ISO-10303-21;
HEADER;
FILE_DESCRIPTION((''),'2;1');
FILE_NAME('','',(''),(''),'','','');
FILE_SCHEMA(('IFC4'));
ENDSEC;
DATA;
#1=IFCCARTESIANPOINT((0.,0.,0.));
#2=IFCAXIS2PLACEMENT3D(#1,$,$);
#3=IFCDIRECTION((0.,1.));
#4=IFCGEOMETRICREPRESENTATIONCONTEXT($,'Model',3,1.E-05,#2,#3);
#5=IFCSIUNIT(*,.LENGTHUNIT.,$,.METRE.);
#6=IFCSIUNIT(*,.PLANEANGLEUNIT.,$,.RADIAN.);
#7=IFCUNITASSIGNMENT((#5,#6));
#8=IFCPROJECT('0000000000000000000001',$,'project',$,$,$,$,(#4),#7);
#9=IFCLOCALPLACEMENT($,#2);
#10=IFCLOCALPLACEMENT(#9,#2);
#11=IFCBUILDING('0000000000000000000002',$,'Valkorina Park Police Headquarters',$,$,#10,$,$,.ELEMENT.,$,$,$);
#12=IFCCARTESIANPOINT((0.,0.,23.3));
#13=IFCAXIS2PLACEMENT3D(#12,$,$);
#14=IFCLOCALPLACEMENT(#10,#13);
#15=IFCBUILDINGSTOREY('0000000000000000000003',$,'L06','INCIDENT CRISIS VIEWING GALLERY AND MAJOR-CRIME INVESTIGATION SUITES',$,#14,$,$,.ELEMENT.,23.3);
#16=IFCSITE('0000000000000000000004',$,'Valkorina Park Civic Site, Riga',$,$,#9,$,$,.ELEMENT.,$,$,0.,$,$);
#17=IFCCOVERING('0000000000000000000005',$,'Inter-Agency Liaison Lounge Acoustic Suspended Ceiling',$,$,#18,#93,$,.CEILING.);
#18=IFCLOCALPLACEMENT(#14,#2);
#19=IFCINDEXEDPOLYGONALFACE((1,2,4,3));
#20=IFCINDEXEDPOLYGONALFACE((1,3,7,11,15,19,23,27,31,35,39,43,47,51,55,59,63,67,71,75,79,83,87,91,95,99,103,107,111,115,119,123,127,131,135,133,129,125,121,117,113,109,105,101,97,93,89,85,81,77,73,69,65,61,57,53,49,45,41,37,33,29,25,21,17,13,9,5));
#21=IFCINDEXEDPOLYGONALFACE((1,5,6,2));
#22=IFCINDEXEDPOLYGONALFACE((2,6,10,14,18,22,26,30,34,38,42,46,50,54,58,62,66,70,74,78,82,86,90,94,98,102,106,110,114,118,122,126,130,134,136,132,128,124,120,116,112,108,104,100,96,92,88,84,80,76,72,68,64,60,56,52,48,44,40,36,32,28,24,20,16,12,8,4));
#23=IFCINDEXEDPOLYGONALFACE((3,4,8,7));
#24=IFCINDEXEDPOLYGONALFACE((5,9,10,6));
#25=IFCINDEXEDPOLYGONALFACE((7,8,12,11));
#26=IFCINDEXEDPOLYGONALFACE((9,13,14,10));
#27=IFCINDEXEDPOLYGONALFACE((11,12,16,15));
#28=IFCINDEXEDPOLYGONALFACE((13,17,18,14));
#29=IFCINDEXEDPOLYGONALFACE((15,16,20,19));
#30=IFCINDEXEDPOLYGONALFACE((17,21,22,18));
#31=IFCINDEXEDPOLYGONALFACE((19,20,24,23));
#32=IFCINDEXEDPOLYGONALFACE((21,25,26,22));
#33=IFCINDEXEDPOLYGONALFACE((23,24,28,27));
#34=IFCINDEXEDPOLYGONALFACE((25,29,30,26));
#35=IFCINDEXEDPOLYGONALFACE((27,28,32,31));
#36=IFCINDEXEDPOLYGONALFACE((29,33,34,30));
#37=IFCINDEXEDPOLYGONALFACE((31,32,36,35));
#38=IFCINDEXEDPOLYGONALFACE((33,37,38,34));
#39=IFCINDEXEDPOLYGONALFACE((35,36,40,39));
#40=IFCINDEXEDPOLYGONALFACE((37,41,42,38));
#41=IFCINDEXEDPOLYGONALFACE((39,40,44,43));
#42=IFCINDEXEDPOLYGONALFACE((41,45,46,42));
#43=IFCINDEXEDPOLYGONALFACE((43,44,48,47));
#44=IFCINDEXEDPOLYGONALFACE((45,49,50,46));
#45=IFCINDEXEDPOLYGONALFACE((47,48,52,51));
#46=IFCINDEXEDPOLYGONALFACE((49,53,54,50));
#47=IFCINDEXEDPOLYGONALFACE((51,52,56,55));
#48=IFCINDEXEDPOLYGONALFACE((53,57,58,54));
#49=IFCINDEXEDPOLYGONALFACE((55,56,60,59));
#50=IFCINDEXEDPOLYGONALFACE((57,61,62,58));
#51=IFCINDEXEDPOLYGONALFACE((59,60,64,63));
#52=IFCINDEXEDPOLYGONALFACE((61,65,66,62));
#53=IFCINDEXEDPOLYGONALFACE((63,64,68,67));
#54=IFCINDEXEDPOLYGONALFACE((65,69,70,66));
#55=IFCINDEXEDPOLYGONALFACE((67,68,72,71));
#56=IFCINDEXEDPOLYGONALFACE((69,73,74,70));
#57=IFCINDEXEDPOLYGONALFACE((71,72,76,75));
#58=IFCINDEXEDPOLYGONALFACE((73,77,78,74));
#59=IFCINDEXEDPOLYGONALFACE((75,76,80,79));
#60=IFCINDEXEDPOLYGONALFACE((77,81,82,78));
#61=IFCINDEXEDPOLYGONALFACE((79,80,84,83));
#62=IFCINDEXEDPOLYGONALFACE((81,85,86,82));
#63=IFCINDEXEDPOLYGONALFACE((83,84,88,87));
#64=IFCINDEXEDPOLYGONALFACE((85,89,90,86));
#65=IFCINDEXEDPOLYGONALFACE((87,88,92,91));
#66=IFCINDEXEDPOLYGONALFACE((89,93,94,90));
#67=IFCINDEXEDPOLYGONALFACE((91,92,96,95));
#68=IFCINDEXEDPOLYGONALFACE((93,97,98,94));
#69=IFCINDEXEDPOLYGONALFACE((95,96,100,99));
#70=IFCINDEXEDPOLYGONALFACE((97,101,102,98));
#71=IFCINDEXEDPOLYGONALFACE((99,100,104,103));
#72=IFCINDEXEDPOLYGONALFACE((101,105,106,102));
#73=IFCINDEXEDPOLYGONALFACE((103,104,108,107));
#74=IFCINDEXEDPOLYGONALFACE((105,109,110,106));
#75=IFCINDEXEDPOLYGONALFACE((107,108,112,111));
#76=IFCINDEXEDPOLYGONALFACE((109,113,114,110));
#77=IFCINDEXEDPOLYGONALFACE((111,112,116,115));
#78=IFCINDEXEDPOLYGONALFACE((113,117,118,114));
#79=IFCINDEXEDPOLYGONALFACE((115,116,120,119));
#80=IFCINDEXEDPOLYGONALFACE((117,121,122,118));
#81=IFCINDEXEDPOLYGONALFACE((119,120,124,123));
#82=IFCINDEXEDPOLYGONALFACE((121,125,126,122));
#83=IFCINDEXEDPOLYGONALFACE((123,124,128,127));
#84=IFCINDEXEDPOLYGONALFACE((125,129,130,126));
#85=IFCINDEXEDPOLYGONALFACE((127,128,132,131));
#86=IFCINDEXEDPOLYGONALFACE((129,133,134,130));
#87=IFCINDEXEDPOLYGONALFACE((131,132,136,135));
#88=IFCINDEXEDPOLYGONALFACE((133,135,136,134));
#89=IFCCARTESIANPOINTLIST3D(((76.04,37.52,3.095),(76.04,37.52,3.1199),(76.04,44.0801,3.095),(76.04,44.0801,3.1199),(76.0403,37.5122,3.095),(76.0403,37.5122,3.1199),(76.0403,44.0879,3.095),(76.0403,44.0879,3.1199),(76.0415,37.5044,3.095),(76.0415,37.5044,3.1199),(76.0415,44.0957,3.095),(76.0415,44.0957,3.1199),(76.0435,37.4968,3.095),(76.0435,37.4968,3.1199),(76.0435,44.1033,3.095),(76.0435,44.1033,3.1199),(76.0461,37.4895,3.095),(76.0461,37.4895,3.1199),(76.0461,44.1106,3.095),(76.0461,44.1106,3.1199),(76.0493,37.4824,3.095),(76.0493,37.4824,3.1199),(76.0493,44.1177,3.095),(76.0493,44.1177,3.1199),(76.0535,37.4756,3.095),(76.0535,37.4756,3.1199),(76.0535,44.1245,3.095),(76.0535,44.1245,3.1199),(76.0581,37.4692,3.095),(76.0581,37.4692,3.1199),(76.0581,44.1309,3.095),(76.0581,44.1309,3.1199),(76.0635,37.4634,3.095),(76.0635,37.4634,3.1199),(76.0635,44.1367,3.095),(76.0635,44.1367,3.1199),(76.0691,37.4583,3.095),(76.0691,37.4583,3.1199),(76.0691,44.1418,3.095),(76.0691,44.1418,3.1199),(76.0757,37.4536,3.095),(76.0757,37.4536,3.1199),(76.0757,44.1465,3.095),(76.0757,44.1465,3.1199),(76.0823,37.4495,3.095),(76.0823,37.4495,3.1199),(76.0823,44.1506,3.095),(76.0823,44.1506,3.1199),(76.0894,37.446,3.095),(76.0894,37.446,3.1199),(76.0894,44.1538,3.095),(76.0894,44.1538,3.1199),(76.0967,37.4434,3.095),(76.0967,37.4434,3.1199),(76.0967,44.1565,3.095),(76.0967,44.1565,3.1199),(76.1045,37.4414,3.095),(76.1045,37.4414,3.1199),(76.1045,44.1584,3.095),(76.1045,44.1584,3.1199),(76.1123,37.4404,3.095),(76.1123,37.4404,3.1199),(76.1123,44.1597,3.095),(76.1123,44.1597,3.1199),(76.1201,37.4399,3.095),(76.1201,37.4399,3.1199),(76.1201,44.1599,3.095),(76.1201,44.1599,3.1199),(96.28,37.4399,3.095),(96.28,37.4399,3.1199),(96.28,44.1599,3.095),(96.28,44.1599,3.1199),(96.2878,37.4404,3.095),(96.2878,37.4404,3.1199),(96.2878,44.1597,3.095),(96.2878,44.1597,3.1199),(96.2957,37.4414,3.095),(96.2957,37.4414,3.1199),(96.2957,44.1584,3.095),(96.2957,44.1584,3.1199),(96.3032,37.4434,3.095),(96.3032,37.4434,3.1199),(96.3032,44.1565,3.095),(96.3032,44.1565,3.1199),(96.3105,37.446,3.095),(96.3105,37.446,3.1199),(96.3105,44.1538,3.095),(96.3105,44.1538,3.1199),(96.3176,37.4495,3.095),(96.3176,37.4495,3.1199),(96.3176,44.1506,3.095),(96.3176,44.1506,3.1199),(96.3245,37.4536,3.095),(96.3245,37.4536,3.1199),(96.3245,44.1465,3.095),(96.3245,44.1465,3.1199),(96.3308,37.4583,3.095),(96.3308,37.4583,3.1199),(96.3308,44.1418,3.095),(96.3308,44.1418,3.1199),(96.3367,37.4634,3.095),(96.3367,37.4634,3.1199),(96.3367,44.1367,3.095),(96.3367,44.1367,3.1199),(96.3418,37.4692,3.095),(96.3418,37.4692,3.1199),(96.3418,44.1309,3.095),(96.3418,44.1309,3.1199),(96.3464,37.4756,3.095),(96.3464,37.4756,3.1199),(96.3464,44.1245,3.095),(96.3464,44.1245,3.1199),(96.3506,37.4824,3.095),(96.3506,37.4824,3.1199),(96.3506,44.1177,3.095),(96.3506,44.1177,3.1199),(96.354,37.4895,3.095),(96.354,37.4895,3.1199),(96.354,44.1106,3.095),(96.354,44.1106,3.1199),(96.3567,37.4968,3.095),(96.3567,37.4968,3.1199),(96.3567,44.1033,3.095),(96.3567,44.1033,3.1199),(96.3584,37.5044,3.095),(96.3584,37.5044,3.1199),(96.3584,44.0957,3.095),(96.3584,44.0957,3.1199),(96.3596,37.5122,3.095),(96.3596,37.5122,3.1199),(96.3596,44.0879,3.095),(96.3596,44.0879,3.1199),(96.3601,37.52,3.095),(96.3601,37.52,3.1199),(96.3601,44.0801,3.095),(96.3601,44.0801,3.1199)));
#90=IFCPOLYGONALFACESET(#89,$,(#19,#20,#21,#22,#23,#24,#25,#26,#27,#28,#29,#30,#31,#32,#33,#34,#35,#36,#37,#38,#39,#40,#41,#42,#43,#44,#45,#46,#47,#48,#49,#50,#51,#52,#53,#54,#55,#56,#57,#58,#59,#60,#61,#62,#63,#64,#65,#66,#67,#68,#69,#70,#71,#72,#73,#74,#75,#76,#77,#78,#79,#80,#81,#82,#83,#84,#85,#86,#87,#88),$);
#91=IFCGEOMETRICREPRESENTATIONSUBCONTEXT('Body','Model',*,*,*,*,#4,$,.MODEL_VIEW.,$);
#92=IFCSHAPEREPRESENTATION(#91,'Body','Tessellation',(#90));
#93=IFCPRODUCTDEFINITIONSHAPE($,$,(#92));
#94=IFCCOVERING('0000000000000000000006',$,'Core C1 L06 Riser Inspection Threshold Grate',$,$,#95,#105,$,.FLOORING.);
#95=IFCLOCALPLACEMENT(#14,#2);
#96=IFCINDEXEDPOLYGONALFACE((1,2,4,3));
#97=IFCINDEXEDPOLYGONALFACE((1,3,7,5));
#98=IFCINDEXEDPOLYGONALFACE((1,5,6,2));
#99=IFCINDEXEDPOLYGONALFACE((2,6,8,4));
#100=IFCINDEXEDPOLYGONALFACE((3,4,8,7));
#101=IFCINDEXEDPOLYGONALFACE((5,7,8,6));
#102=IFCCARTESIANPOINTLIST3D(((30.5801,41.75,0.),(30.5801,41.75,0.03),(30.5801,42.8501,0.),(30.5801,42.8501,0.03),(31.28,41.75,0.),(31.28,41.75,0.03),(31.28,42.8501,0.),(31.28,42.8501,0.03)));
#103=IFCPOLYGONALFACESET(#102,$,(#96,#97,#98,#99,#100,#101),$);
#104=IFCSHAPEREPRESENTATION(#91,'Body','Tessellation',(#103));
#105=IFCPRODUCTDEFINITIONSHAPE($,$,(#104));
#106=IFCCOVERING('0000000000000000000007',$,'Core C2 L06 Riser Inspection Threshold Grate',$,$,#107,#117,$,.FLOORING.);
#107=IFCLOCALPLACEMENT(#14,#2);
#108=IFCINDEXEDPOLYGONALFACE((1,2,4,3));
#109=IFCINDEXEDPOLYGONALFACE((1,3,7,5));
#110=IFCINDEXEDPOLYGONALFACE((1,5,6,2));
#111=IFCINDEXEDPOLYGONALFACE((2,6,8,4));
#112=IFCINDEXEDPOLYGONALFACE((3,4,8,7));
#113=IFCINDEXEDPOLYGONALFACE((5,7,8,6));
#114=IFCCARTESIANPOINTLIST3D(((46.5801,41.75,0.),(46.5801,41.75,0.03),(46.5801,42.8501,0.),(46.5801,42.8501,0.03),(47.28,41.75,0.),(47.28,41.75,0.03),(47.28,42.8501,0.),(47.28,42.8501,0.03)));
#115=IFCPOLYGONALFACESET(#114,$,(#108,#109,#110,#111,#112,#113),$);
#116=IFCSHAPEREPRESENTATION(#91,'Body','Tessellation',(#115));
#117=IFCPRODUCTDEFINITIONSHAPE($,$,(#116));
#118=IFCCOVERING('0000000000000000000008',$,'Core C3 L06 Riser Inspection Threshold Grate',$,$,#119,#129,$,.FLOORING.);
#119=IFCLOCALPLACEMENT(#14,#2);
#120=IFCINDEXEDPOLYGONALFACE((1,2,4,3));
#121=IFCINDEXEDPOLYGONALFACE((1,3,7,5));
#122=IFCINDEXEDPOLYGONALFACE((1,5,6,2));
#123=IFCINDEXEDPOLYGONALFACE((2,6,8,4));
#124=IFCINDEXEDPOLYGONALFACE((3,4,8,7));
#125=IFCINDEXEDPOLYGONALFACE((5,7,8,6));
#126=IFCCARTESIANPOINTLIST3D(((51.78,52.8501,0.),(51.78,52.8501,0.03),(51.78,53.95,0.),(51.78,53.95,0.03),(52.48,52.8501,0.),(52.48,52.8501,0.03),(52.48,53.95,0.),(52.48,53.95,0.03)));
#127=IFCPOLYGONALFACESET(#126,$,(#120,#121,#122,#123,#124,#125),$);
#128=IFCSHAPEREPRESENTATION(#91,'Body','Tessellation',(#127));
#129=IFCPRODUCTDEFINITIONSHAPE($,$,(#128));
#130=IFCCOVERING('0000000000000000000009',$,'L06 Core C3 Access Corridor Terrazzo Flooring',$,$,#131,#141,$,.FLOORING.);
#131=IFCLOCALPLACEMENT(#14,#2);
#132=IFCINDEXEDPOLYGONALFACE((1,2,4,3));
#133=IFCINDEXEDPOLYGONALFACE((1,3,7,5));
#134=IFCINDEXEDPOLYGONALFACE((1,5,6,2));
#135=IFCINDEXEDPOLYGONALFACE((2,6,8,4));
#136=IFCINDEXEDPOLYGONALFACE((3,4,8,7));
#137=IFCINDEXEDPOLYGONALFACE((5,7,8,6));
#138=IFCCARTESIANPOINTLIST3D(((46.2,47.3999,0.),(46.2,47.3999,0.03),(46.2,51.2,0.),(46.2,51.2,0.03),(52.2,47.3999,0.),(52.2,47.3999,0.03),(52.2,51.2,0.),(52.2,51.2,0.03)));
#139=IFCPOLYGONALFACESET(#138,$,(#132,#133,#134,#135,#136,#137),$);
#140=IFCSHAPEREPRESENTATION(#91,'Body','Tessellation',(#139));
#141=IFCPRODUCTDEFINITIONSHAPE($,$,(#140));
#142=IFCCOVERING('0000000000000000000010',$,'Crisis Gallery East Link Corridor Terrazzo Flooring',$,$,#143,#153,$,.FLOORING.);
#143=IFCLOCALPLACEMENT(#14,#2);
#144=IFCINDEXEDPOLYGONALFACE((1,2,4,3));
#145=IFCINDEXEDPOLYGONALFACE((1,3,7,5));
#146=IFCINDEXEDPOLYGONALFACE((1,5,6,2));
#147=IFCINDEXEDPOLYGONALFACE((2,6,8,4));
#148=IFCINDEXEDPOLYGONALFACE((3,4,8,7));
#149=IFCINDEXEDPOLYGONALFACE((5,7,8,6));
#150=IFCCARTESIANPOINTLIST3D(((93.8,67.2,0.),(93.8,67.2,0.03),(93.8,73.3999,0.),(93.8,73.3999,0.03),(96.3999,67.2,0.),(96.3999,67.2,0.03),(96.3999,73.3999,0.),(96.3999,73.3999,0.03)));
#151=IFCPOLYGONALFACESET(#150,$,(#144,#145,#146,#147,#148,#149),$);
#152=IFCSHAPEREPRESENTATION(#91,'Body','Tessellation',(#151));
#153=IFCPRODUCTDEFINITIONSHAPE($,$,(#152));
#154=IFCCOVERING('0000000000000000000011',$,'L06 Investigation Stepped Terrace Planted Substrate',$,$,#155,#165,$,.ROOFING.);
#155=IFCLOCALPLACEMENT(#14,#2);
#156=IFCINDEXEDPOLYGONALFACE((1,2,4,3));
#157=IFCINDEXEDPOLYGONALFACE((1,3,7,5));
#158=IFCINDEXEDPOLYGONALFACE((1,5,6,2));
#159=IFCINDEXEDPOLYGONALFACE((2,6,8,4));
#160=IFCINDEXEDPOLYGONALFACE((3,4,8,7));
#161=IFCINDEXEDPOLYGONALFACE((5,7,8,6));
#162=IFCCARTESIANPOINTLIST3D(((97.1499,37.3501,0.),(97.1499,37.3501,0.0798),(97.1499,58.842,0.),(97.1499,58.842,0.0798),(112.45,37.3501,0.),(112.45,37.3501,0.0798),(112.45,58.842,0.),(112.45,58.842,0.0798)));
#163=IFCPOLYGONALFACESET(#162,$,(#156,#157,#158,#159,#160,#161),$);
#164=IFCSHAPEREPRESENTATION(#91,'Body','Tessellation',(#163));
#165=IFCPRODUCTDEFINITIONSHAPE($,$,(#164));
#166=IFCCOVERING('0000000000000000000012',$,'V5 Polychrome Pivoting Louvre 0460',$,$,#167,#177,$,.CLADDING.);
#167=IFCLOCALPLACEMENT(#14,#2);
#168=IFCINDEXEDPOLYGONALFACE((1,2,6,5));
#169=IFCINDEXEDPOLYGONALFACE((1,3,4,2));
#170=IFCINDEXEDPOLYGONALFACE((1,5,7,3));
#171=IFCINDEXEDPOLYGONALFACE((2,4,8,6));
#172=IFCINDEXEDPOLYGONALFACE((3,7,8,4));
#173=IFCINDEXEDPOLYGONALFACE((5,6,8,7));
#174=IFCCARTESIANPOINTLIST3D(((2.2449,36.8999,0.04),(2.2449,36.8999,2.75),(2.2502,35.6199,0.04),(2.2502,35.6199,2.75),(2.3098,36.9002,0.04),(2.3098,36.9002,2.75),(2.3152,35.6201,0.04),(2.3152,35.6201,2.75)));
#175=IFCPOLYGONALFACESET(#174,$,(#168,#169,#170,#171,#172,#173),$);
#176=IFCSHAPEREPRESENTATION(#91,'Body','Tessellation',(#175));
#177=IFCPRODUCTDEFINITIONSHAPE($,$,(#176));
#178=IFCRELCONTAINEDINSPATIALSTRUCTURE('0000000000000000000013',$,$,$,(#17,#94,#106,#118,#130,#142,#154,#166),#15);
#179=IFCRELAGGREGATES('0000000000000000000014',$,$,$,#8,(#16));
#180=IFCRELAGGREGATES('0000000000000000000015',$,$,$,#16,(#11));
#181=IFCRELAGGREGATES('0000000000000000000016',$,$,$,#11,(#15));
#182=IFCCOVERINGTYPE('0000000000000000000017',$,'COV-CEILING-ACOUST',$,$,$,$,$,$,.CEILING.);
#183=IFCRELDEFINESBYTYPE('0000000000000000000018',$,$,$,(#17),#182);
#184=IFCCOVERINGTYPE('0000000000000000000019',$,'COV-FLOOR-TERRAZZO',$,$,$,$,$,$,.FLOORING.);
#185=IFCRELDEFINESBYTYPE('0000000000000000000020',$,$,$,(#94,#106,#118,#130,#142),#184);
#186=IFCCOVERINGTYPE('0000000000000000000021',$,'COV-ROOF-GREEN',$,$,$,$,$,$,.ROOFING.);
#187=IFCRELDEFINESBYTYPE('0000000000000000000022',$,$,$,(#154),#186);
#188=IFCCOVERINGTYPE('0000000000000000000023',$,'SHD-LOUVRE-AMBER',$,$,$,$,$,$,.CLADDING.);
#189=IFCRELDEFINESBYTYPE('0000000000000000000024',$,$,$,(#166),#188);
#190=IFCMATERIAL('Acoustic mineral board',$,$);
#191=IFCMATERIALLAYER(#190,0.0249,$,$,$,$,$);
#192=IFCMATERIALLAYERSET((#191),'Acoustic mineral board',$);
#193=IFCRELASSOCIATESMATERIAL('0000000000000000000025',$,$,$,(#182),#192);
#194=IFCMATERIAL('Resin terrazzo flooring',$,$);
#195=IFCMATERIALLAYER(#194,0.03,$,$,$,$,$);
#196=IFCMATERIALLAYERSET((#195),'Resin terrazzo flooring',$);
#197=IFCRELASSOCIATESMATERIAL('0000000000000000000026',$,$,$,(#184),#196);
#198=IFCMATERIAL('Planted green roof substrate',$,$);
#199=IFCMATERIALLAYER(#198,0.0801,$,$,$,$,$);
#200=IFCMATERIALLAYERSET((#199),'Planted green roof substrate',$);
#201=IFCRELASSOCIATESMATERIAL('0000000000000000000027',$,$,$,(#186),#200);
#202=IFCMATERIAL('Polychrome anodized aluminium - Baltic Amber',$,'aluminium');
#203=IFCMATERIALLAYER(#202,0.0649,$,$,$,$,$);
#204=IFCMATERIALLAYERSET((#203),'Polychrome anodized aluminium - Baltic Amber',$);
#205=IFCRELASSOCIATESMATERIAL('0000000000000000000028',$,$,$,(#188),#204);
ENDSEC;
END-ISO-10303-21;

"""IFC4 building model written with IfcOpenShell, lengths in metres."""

from ifc_helpers import new_model, si_unit, direction, frame, origin, origin_2d, place, context, subcontext, project, spatial, polyline, rectangle, outline, extrude, material, layer, layer_set, type_object, element, save


model = new_model("IFC4")

# Units and contexts
model_context = context("Model", 3, precision=1e-05, world=origin(), true_north=direction((0.0, 1.0)))
body_context = subcontext(model_context, "Body", "Model", "MODEL_VIEW")
ifc_project = project(units=[si_unit("LENGTHUNIT", "METRE"), si_unit("PLANEANGLEUNIT", "RADIAN")], contexts=[model_context])

# Site, building, storey
site_placement = place(None, origin())
site = spatial("IfcSite", under=ifc_project, at=site_placement, Name="Valkorina Park Civic Site, Riga", CompositionType="ELEMENT", RefElevation=0.0)
building_placement = place(site_placement, origin())
building = spatial("IfcBuilding", under=site, at=building_placement, Name="Valkorina Park Police Headquarters", CompositionType="ELEMENT")
storey_placement = place(building_placement, frame((0.0, 0.0, 23.3)))
storey = spatial("IfcBuildingStorey", under=building, at=storey_placement, Name="L06", Description="INCIDENT CRISIS VIEWING GALLERY AND MAJOR-CRIME INVESTIGATION SUITES", CompositionType="ELEMENT", Elevation=23.3)

# Coverings
ifc_material_1 = material(Name="Acoustic mineral board")
ifc_layer_1 = layer(ifc_material_1, 0.0249)
ifc_layer_set_1 = layer_set([ifc_layer_1], Name="Acoustic mineral board")
covering_type_1 = type_object("IfcCoveringType", Name="COV-CEILING-ACOUST", PredefinedType="CEILING", material=ifc_layer_set_1)
covering_1_placement = place(storey_placement, frame((0.0, 0.0, 3.095)))
element("IfcCovering", 1, at=covering_1_placement, inside=storey, type_object=covering_type_1, Name="Inter-Agency Liaison Lounge Acoustic Suspended Ceiling", PredefinedType="CEILING", context=body_context, shape_type="SweptSolid", body=[
    extrude(outline(polyline([(96.2957, 44.1584), (96.2878, 44.1597), (96.28, 44.1599), (76.1201, 44.1599), (76.1123, 44.1597), (76.1045, 44.1584), (76.0967, 44.1565), (76.0894, 44.1538), (76.0823, 44.1506), (76.0757, 44.1465), (76.0691, 44.1418), (76.0635, 44.1367), (76.0581, 44.1309), (76.0535, 44.1245), (76.0493, 44.1177), (76.0461, 44.1106), (76.0435, 44.1033), (76.0415, 44.0957), (76.0403, 44.0879), (76.04, 44.0801), (76.04, 37.52), (76.0403, 37.5122), (76.0415, 37.5044), (76.0435, 37.4968), (76.0461, 37.4895), (76.0493, 37.4824), (76.0535, 37.4756), (76.0581, 37.4692), (76.0635, 37.4634), (76.0691, 37.4583), (76.0757, 37.4536), (76.0823, 37.4495), (76.0894, 37.446), (76.0967, 37.4434), (76.1045, 37.4414), (76.1123, 37.4404), (76.1201, 37.4399), (96.28, 37.4399), (96.2878, 37.4404), (96.2957, 37.4414), (96.3032, 37.4434), (96.3105, 37.446), (96.3176, 37.4495), (96.3245, 37.4536), (96.3308, 37.4583), (96.3367, 37.4634), (96.3418, 37.4692), (96.3464, 37.4756), (96.3506, 37.4824), (96.354, 37.4895), (96.3567, 37.4968), (96.3584, 37.5044), (96.3596, 37.5122), (96.3601, 37.52), (96.3601, 44.0801), (96.3596, 44.0879), (96.3584, 44.0957), (96.3567, 44.1033), (96.354, 44.1106), (96.3506, 44.1177), (96.3464, 44.1245), (96.3418, 44.1309), (96.3367, 44.1367), (96.3308, 44.1418), (96.3245, 44.1465), (96.3176, 44.1506), (96.3105, 44.1538), (96.3032, 44.1565), (96.2957, 44.1584)])), origin(), (0.0, 0.0, 1.0), 0.0249),
])
ifc_material_2 = material(Name="Resin terrazzo flooring")
ifc_layer_2 = layer(ifc_material_2, 0.03)
ifc_layer_set_2 = layer_set([ifc_layer_2], Name="Resin terrazzo flooring")
covering_type_2 = type_object("IfcCoveringType", Name="COV-FLOOR-TERRAZZO", PredefinedType="FLOORING", material=ifc_layer_set_2)
covering_2_placement = place(storey_placement, origin())
element("IfcCovering", 2, at=covering_2_placement, inside=storey, type_object=covering_type_2, Name="Core C1 L06 Riser Inspection Threshold Grate", PredefinedType="FLOORING", context=body_context, shape_type="SweptSolid", body=[
    extrude(outline(polyline([(31.28, 41.75), (31.28, 42.8501), (30.5801, 42.8501), (30.5801, 41.75), (31.28, 41.75)])), origin(), (0.0, 0.0, 1.0), 0.03),
])
covering_3_placement = place(storey_placement, origin())
element("IfcCovering", 3, at=covering_3_placement, inside=storey, type_object=covering_type_2, Name="Core C2 L06 Riser Inspection Threshold Grate", PredefinedType="FLOORING", context=body_context, shape_type="SweptSolid", body=[
    extrude(outline(polyline([(47.28, 41.75), (47.28, 42.8501), (46.5801, 42.8501), (46.5801, 41.75), (47.28, 41.75)])), origin(), (0.0, 0.0, 1.0), 0.03),
])
covering_4_placement = place(storey_placement, origin())
element("IfcCovering", 4, at=covering_4_placement, inside=storey, type_object=covering_type_2, Name="Core C3 L06 Riser Inspection Threshold Grate", PredefinedType="FLOORING", context=body_context, shape_type="SweptSolid", body=[
    extrude(outline(polyline([(52.48, 52.8501), (52.48, 53.95), (51.78, 53.95), (51.78, 52.8501), (52.48, 52.8501)])), origin(), (0.0, 0.0, 1.0), 0.03),
])
covering_5_placement = place(storey_placement, origin())
element("IfcCovering", 5, at=covering_5_placement, inside=storey, type_object=covering_type_2, Name="L06 Core C3 Access Corridor Terrazzo Flooring", PredefinedType="FLOORING", context=body_context, shape_type="SweptSolid", body=[
    extrude(outline(polyline([(46.2, 51.2), (46.2, 47.3999), (52.2, 47.3999), (52.2, 51.2), (46.2, 51.2)])), origin(), (0.0, 0.0, 1.0), 0.03),
])
covering_6_placement = place(storey_placement, origin())
element("IfcCovering", 6, at=covering_6_placement, inside=storey, type_object=covering_type_2, Name="Crisis Gallery East Link Corridor Terrazzo Flooring", PredefinedType="FLOORING", context=body_context, shape_type="SweptSolid", body=[
    extrude(outline(polyline([(93.8, 73.3999), (93.8, 67.2), (96.3999, 67.2), (96.3999, 73.3999), (93.8, 73.3999)])), origin(), (0.0, 0.0, 1.0), 0.03),
])
ifc_material_3 = material(Name="Planted green roof substrate")
ifc_layer_3 = layer(ifc_material_3, 0.0801)
ifc_layer_set_3 = layer_set([ifc_layer_3], Name="Planted green roof substrate")
covering_type_3 = type_object("IfcCoveringType", Name="COV-ROOF-GREEN", PredefinedType="ROOFING", material=ifc_layer_set_3)
covering_7_placement = place(storey_placement, origin())
element("IfcCovering", 7, at=covering_7_placement, inside=storey, type_object=covering_type_3, Name="L06 Investigation Stepped Terrace Planted Substrate", PredefinedType="ROOFING", context=body_context, shape_type="SweptSolid", body=[
    extrude(outline(polyline([(112.45, 58.842), (97.1499, 58.842), (97.1499, 37.3501), (112.45, 37.3501), (112.45, 58.842)])), origin(), (0.0, 0.0, 1.0), 0.0798),
])
ifc_material_4 = material(Name="Polychrome anodized aluminium - Baltic Amber", Category="aluminium")
ifc_layer_4 = layer(ifc_material_4, 0.0649)
ifc_layer_set_4 = layer_set([ifc_layer_4], Name="Polychrome anodized aluminium - Baltic Amber")
covering_type_4 = type_object("IfcCoveringType", Name="SHD-LOUVRE-AMBER", PredefinedType="CLADDING", material=ifc_layer_set_4)
covering_8_placement = place(storey_placement, frame((2.28, 36.26, 0.04), z_axis=(0.0, 0.0, 1.0), x_axis=(0.004189, -0.999991, 0.0)))
element("IfcCovering", 8, at=covering_8_placement, inside=storey, type_object=covering_type_4, Name="V5 Polychrome Pivoting Louvre 0460", PredefinedType="CLADDING", context=body_context, shape_type="SweptSolid", body=[
    extrude(rectangle(XDim=1.28, YDim=0.0649, at=origin_2d()), origin(), (0.0, 0.0, 1.0), 2.71),
])

save(model, "model.ifc")
